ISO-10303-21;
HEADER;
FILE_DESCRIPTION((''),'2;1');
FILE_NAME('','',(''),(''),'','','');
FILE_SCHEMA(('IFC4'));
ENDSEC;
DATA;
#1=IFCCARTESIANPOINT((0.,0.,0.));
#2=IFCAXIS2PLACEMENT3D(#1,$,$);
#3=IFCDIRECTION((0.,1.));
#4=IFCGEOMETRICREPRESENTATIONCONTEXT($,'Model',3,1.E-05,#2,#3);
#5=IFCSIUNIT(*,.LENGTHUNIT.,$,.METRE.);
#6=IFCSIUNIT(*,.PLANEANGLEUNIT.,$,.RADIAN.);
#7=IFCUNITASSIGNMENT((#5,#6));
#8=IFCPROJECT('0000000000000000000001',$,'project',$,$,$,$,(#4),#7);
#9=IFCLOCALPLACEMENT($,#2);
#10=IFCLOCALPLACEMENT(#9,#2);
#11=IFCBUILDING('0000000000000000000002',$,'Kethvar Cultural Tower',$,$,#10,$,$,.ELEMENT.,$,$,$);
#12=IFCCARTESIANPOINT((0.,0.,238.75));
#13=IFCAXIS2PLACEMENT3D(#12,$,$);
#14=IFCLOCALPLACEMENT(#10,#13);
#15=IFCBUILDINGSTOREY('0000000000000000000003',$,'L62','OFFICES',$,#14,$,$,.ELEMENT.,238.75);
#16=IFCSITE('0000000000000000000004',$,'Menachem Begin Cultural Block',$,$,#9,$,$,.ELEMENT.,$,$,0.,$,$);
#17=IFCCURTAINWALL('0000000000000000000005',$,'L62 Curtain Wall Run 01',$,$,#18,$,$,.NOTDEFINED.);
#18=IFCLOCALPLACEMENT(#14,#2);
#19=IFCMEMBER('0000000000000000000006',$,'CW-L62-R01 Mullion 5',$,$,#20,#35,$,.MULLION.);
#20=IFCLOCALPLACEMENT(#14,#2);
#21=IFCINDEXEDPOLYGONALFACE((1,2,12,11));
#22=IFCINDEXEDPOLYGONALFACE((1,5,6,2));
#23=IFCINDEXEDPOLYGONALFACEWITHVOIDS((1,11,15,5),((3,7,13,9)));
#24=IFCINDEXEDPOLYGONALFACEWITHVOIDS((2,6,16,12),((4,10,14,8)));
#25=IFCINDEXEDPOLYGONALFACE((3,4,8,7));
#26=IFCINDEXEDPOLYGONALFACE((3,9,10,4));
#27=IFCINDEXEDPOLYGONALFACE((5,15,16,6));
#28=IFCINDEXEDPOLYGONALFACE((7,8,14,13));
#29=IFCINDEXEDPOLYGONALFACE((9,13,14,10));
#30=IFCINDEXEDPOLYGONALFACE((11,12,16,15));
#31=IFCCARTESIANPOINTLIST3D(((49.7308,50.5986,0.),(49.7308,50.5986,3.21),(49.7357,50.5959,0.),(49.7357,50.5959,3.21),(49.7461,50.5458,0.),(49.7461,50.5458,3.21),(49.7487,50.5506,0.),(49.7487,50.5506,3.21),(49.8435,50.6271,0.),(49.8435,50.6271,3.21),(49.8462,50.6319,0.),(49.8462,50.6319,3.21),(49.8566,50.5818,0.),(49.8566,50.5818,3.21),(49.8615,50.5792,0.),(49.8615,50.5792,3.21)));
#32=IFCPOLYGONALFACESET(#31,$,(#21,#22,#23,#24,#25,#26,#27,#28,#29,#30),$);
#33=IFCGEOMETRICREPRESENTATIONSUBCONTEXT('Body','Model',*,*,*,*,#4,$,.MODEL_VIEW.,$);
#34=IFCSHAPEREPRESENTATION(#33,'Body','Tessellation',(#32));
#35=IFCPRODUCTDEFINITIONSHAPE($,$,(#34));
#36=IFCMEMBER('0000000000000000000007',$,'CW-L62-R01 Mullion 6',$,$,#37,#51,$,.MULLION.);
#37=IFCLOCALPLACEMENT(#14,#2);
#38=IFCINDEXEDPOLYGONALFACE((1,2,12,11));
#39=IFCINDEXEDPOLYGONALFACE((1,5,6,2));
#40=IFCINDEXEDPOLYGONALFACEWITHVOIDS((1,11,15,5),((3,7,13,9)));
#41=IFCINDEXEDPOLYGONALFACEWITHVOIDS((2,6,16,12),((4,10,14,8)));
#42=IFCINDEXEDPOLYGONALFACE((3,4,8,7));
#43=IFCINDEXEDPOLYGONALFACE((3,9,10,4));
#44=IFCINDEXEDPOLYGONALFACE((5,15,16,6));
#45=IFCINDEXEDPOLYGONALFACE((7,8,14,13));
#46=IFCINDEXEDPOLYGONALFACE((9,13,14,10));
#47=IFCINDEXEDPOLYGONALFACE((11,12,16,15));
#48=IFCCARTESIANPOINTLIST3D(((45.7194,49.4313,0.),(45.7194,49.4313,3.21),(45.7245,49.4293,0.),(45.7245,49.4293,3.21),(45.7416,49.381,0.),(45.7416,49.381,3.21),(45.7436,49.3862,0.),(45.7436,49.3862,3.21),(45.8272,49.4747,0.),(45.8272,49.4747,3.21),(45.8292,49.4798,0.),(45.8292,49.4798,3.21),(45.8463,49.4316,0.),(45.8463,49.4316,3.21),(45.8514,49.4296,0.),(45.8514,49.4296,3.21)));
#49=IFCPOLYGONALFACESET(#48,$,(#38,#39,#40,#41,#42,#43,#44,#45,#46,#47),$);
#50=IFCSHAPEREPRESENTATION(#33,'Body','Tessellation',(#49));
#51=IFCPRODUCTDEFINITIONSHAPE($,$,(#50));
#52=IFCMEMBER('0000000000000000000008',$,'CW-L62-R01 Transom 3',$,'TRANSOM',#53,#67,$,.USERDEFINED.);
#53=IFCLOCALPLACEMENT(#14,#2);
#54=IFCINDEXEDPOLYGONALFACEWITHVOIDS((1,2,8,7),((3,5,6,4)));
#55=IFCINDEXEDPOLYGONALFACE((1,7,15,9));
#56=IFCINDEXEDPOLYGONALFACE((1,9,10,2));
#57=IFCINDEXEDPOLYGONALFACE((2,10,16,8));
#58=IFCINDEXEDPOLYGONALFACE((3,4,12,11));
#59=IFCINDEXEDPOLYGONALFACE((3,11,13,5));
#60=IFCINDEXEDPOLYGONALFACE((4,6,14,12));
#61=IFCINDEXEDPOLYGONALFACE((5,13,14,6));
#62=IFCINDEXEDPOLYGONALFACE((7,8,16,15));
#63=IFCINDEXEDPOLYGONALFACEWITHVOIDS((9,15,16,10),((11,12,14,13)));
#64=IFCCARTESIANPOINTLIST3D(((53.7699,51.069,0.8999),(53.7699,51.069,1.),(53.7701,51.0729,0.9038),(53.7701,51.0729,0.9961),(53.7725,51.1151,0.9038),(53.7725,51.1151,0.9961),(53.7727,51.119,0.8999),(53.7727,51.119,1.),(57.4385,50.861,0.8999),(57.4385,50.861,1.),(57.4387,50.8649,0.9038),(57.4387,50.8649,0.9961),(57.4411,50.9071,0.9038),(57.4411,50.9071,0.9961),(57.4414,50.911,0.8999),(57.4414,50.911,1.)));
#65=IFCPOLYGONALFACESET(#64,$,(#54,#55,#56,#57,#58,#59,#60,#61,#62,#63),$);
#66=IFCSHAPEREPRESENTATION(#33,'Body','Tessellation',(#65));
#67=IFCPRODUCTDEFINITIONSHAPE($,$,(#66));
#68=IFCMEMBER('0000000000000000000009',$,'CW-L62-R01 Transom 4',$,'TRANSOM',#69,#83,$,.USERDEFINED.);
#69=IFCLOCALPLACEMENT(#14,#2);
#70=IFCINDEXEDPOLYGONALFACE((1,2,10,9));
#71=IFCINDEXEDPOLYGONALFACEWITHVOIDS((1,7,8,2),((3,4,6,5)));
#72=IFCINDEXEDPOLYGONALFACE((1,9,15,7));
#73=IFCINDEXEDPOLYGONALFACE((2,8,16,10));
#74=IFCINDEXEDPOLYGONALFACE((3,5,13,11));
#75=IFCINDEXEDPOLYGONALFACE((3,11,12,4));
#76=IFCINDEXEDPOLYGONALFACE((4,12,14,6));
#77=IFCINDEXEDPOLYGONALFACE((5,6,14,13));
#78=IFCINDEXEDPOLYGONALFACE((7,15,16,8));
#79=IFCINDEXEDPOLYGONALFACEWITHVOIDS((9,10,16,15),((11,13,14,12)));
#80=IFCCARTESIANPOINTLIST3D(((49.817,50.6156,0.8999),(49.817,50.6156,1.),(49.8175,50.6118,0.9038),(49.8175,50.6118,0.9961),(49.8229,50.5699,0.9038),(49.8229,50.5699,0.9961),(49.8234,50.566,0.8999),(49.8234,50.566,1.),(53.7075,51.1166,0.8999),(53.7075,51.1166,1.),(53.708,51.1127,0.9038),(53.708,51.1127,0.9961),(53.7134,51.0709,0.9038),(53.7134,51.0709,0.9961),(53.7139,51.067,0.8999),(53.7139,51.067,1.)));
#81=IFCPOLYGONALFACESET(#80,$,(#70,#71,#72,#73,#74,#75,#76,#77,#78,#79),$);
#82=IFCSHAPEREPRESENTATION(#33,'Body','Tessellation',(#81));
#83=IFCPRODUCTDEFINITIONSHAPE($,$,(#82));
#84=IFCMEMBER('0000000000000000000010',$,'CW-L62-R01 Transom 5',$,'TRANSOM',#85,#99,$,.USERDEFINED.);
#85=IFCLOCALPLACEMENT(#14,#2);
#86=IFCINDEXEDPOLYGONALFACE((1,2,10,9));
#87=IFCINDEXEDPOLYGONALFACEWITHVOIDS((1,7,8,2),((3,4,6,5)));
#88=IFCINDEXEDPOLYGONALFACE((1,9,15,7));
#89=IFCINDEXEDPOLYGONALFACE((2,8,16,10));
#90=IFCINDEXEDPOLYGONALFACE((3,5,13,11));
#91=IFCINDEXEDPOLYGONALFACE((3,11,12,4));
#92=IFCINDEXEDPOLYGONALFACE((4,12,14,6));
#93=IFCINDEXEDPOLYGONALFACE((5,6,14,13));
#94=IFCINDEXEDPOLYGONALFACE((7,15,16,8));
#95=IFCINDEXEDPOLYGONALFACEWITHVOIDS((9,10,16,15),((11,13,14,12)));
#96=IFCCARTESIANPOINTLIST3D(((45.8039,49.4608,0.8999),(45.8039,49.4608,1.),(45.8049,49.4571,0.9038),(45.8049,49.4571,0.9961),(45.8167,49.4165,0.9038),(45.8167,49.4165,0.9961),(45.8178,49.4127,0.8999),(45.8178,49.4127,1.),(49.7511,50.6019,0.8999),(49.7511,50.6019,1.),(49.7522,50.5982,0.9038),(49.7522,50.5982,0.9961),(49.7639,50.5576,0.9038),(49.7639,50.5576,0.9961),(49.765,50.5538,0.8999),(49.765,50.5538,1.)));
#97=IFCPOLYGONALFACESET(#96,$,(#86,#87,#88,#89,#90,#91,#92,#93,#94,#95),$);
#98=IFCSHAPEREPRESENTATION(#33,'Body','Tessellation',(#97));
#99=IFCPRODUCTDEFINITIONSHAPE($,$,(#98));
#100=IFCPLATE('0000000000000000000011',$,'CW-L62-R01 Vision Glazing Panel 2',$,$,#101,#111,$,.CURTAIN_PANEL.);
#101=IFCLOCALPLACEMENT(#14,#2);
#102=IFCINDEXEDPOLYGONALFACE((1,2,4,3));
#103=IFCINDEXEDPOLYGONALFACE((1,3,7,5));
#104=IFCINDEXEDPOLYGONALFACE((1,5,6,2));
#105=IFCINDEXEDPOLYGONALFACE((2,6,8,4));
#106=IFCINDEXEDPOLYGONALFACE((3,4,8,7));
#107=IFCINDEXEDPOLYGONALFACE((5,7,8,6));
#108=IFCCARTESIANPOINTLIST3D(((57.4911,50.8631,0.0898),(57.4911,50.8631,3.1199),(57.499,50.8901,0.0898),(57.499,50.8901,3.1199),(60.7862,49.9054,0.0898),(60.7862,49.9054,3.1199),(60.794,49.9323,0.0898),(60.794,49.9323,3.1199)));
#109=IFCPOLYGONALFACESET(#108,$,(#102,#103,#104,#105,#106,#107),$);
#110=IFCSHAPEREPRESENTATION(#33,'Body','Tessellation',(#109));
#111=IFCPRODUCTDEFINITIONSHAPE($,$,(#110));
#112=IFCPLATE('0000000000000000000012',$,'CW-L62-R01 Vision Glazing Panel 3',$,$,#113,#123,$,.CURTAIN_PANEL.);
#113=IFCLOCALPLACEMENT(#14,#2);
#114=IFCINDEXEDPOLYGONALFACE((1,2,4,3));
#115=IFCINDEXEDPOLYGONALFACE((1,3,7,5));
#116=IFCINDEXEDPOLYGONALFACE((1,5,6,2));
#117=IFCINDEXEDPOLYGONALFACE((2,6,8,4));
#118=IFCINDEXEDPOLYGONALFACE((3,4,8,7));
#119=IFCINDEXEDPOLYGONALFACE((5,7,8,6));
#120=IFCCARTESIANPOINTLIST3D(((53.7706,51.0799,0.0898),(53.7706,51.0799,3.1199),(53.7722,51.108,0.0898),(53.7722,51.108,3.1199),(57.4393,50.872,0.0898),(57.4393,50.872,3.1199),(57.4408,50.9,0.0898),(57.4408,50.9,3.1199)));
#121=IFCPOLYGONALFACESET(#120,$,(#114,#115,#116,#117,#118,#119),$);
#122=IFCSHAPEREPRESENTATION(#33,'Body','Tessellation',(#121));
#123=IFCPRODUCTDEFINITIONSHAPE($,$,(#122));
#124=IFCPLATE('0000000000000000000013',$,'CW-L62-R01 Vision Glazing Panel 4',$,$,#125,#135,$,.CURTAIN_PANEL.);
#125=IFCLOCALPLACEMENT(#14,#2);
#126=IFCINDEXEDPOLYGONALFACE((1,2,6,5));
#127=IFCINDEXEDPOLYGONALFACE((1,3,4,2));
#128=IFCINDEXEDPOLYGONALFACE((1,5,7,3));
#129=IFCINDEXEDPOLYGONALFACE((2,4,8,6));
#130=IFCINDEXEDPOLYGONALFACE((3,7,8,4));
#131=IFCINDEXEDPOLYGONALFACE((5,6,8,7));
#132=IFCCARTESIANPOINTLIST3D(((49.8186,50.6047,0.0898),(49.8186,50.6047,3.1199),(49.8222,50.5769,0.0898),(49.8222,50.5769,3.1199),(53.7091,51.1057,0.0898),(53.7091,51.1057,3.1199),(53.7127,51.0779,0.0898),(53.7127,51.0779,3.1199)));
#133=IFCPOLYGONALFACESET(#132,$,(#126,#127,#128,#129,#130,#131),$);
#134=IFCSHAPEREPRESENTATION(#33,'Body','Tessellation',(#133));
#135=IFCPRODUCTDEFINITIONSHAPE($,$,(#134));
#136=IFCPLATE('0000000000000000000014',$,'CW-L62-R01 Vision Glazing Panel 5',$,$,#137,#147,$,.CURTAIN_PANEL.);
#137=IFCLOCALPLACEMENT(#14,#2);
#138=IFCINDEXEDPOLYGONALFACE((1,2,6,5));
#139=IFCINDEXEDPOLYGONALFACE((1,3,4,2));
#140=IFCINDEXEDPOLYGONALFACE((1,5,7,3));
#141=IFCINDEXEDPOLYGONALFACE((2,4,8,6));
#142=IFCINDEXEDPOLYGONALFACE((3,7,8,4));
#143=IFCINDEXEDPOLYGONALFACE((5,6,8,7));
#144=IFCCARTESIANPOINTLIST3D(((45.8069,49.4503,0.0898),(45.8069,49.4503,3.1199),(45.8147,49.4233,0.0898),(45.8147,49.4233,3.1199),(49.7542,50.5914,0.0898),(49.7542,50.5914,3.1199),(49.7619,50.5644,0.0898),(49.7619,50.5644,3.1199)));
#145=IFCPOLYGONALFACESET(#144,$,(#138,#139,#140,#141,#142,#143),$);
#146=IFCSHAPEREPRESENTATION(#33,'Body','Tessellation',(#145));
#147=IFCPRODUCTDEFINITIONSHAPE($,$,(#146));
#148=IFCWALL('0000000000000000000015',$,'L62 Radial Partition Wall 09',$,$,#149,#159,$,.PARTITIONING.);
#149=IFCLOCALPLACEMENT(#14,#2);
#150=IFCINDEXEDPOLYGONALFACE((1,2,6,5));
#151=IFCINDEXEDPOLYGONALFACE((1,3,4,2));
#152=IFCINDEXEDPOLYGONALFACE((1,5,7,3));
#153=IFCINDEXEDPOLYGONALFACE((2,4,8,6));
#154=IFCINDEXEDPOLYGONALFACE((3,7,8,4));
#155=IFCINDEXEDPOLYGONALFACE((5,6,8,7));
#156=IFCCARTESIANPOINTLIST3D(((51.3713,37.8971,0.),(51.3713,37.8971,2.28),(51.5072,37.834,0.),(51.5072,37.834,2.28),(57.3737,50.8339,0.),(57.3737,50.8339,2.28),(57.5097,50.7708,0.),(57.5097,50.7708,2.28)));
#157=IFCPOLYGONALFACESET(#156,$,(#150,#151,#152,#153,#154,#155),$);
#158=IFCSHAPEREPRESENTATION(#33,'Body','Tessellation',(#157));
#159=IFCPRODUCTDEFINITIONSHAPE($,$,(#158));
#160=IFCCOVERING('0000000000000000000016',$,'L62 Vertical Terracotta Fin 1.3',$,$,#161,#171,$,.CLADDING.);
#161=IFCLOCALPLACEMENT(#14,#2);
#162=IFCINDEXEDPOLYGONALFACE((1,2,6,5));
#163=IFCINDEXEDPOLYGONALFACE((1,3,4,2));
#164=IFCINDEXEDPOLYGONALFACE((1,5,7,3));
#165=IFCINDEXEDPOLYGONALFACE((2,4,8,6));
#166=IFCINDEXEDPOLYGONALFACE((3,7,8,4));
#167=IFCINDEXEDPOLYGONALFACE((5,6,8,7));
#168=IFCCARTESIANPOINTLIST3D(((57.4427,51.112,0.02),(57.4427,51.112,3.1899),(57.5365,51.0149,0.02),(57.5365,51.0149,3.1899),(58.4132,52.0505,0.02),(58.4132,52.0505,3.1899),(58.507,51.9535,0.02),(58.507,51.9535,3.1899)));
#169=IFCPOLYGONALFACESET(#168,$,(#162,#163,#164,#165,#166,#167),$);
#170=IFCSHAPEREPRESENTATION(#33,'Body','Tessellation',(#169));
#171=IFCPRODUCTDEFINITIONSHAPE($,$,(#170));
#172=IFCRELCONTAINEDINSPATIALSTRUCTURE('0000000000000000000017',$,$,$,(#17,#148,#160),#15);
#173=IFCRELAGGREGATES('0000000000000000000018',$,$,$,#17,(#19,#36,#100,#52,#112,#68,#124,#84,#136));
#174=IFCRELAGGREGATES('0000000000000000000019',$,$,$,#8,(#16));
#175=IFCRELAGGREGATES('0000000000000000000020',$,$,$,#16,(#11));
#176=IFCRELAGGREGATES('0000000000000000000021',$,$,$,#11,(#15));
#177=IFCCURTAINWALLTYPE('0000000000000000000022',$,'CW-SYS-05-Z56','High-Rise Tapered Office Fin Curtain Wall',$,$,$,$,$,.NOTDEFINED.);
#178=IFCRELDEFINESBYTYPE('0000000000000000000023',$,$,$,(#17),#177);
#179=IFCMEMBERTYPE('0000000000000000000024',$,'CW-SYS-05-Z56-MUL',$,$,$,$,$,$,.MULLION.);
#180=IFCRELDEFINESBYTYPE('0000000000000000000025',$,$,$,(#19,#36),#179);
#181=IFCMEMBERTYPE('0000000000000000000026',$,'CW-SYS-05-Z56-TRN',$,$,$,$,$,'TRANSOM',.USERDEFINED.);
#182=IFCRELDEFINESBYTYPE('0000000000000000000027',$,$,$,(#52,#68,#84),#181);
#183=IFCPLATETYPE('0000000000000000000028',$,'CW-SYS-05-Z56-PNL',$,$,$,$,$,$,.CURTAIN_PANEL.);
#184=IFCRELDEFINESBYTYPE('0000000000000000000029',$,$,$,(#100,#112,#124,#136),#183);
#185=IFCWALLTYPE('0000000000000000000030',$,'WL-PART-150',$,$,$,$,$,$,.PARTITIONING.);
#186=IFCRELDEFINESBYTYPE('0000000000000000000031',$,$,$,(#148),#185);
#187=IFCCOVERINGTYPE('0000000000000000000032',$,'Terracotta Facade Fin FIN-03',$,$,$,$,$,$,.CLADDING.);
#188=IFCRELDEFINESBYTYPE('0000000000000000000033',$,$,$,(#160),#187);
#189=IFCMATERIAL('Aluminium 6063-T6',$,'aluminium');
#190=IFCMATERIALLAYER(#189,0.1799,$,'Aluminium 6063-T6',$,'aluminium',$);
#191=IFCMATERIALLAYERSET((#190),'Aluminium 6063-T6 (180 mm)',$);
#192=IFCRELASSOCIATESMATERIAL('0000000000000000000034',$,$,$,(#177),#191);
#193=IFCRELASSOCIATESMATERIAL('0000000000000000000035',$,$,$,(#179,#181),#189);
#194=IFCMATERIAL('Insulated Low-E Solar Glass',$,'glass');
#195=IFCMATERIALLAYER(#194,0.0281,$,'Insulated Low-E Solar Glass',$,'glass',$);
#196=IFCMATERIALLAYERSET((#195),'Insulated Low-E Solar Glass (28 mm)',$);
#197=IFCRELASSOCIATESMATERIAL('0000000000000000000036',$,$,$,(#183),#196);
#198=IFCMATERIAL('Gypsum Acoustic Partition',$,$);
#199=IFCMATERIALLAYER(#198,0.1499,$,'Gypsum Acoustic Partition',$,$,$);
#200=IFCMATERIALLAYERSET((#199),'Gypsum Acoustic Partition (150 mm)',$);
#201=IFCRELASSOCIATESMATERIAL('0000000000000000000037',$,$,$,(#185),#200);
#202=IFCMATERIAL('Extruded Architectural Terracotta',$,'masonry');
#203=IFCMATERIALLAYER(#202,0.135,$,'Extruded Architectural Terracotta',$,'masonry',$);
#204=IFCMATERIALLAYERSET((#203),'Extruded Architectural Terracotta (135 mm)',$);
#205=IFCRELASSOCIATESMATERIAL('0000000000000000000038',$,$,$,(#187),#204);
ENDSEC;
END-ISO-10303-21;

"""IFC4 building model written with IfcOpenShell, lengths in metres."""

from ifc_helpers import new_model, si_unit, direction, frame, frame_2d, origin, origin_2d, place, context, subcontext, project, spatial, rectangle, hollow_rectangle, extrude, source, transform, mapped, material, layer, layer_set, material_profile, profile_set, type_object, element, aggregate, save


model = new_model("IFC4")

# Units and contexts
model_context = context("Model", 3, precision=1e-05, world=origin(), true_north=direction((0.0, 1.0)))
body_context = subcontext(model_context, "Body", "Model", "MODEL_VIEW")
ifc_project = project(units=[si_unit("LENGTHUNIT", "METRE"), si_unit("PLANEANGLEUNIT", "RADIAN")], contexts=[model_context])

# Site, building, storey
site_placement = place(None, origin())
site = spatial("IfcSite", under=ifc_project, at=site_placement, Name="Menachem Begin Cultural Block", CompositionType="ELEMENT", RefElevation=0.0)
building_placement = place(site_placement, origin())
building = spatial("IfcBuilding", under=site, at=building_placement, Name="Kethvar Cultural Tower", CompositionType="ELEMENT")
storey_placement = place(building_placement, frame((0.0, 0.0, 238.75)))
storey = spatial("IfcBuildingStorey", under=building, at=storey_placement, Name="L62", Description="OFFICES", CompositionType="ELEMENT", Elevation=238.75)

# Curtain wall, members, plates
ifc_material_1 = material(Name="Aluminium 6063-T6", Category="aluminium")
ifc_layer_1 = layer(ifc_material_1, 0.1799, Name="Aluminium 6063-T6", Category="aluminium")
ifc_layer_set_1 = layer_set([ifc_layer_1], Name="Aluminium 6063-T6 (180 mm)")
curtain_wall_type = type_object("IfcCurtainWallType", Name="CW-SYS-05-Z56", Description="High-Rise Tapered Office Fin Curtain Wall", PredefinedType="NOTDEFINED", material=ifc_layer_set_1)
curtain_wall_placement = place(storey_placement, origin())
curtain_wall = element("IfcCurtainWall", 1, at=curtain_wall_placement, inside=storey, type_object=curtain_wall_type, Name="L62 Curtain Wall Run 01", PredefinedType="NOTDEFINED")
ifc_material_profile_1 = material_profile(ifc_material_1, hollow_rectangle(XDim=0.0549, YDim=0.1201, WallThickness=0.0039, at=origin_2d()), Name="Aluminium 6063-T6 — RHS120x55x4")
ifc_profile_set_1 = profile_set([ifc_material_profile_1], Name="Aluminium 6063-T6 — RHS120x55x4")
member_type_1 = type_object("IfcMemberType", Name="CW-SYS-05-Z56-MUL", PredefinedType="MULLION", material=ifc_profile_set_1)
shared_shape_1 = source(origin(), body_context, "Body", "SweptSolid", [
    extrude(hollow_rectangle(XDim=0.0549, YDim=0.1201, WallThickness=0.0039, at=origin_2d()), origin(), (0.0, 0.0, 1.0), 3.21),
])
member_1_placement = place(storey_placement, frame((49.7961, 50.5889, 0.0), z_axis=(0.0, 0.0, 1.0), x_axis=(0.277717, -0.960663, 0.0)))
member_1 = element("IfcMember", 2, at=member_1_placement, type_object=member_type_1, Name="CW-L62-R01 Mullion 5", PredefinedType="MULLION", context=body_context, shape_type="MappedRepresentation", body=[
    mapped(shared_shape_1, transform((0.0, 0.0, 0.0), scale=1.0)),
])
member_2_placement = place(storey_placement, frame((45.7854, 49.4304, 0.0), z_axis=(0.0, 0.0, 1.0), x_axis=(0.4042, -0.914671, 0.0)))
member_2 = element("IfcMember", 3, at=member_2_placement, type_object=member_type_1, Name="CW-L62-R01 Mullion 6", PredefinedType="MULLION", context=body_context, shape_type="MappedRepresentation", body=[
    mapped(shared_shape_1, transform((0.0, 0.0, 0.0), scale=1.0)),
])
ifc_material_profile_2 = material_profile(ifc_material_1, hollow_rectangle(XDim=0.05, YDim=0.1001, WallThickness=0.0039, at=origin_2d()), Name="Aluminium 6063-T6 — RHS100x50x4")
ifc_profile_set_2 = profile_set([ifc_material_profile_2], Name="Aluminium 6063-T6 — RHS100x50x4")
member_type_2 = type_object("IfcMemberType", Name="CW-SYS-05-Z56-TRN", ElementType="TRANSOM", PredefinedType="USERDEFINED", material=ifc_profile_set_2)
shared_shape_2 = source(origin(), body_context, "Body", "SweptSolid", [
    extrude(hollow_rectangle(XDim=0.05, YDim=0.1001, WallThickness=0.0039, at=origin_2d()), origin(), (0.0, 0.0, 1.0), 3.6746),
])
member_3_placement = place(storey_placement, frame((57.4399, 50.886, 0.95), z_axis=(-0.998397, 0.056607, 0.0), x_axis=(-0.056607, -0.998397, 0.0)))
member_3 = element("IfcMember", 4, at=member_3_placement, type_object=member_type_2, Name="CW-L62-R01 Transom 3", ObjectType="TRANSOM", PredefinedType="USERDEFINED", context=body_context, shape_type="MappedRepresentation", body=[
    mapped(shared_shape_2, transform((0.0, 0.0, 0.0), scale=1.0)),
])
shared_shape_3 = source(origin(), body_context, "Body", "SweptSolid", [
    extrude(hollow_rectangle(XDim=0.05, YDim=0.1001, WallThickness=0.0039, at=origin_2d()), origin(), (0.0, 0.0, 1.0), 3.9226),
])
member_4_placement = place(storey_placement, frame((53.7107, 51.0918, 0.95), z_axis=(-0.99181, -0.127719, 0.0), x_axis=(0.127719, -0.99181, 0.0)))
member_4 = element("IfcMember", 5, at=member_4_placement, type_object=member_type_2, Name="CW-L62-R01 Transom 4", ObjectType="TRANSOM", PredefinedType="USERDEFINED", context=body_context, shape_type="MappedRepresentation", body=[
    mapped(shared_shape_3, transform((0.0, 0.0, 0.0), scale=1.0)),
])
shared_shape_4 = source(origin(), body_context, "Body", "SweptSolid", [
    extrude(hollow_rectangle(XDim=0.05, YDim=0.1001, WallThickness=0.0039, at=origin_2d()), origin(), (0.0, 0.0, 1.0), 4.1089),
])
member_5_placement = place(storey_placement, frame((49.7581, 50.5779, 0.95), z_axis=(-0.960663, -0.277718, 0.0), x_axis=(0.277718, -0.960663, 0.0)))
member_5 = element("IfcMember", 6, at=member_5_placement, type_object=member_type_2, Name="CW-L62-R01 Transom 5", ObjectType="TRANSOM", PredefinedType="USERDEFINED", context=body_context, shape_type="MappedRepresentation", body=[
    mapped(shared_shape_4, transform((0.0, 0.0, 0.0), scale=1.0)),
])
ifc_material_2 = material(Name="Insulated Low-E Solar Glass", Category="glass")
ifc_layer_2 = layer(ifc_material_2, 0.0281, Name="Insulated Low-E Solar Glass", Category="glass")
ifc_layer_set_2 = layer_set([ifc_layer_2], Name="Insulated Low-E Solar Glass (28 mm)")
plate_type = type_object("IfcPlateType", Name="CW-SYS-05-Z56-PNL", PredefinedType="CURTAIN_PANEL", material=ifc_layer_set_2)
shared_shape_5 = source(origin(), body_context, "Body", "SweptSolid", [
    extrude(rectangle(XDim=3.4314, YDim=0.0281, at=origin_2d()), origin(), (0.0, 0.0, 1.0), 3.03),
])
plate_1_placement = place(storey_placement, frame((59.1426, 50.3977, 0.0898), z_axis=(0.0, 0.0, 1.0), x_axis=(-0.96026, 0.279108, 0.0)))
plate_1 = element("IfcPlate", 7, at=plate_1_placement, type_object=plate_type, Name="CW-L62-R01 Vision Glazing Panel 2", PredefinedType="CURTAIN_PANEL", context=body_context, shape_type="MappedRepresentation", body=[
    mapped(shared_shape_5, transform((0.0, 0.0, 0.0), scale=1.0)),
])
shared_shape_6 = source(origin(), body_context, "Body", "SweptSolid", [
    extrude(rectangle(XDim=3.6746, YDim=0.0281, at=origin_2d()), origin(), (0.0, 0.0, 1.0), 3.03),
])
plate_2_placement = place(storey_placement, frame((55.6057, 50.99, 0.0898), z_axis=(0.0, 0.0, 1.0), x_axis=(-0.998398, 0.056588, 0.0)))
plate_2 = element("IfcPlate", 8, at=plate_2_placement, type_object=plate_type, Name="CW-L62-R01 Vision Glazing Panel 3", PredefinedType="CURTAIN_PANEL", context=body_context, shape_type="MappedRepresentation", body=[
    mapped(shared_shape_6, transform((0.0, 0.0, 0.0), scale=1.0)),
])
shared_shape_7 = source(origin(), body_context, "Body", "SweptSolid", [
    extrude(rectangle(XDim=3.9226, YDim=0.0281, at=origin_2d()), origin(), (0.0, 0.0, 1.0), 3.03),
])
plate_3_placement = place(storey_placement, frame((51.7656, 50.8413, 0.0898), z_axis=(0.0, 0.0, 1.0), x_axis=(-0.99181, -0.127722, 0.0)))
plate_3 = element("IfcPlate", 9, at=plate_3_placement, type_object=plate_type, Name="CW-L62-R01 Vision Glazing Panel 4", PredefinedType="CURTAIN_PANEL", context=body_context, shape_type="MappedRepresentation", body=[
    mapped(shared_shape_7, transform((0.0, 0.0, 0.0), scale=1.0)),
])
shared_shape_8 = source(origin(), body_context, "Body", "SweptSolid", [
    extrude(rectangle(XDim=4.1089, YDim=0.0281, at=origin_2d()), origin(), (0.0, 0.0, 1.0), 3.03),
])
plate_4_placement = place(storey_placement, frame((47.7844, 50.0073, 0.0898), z_axis=(0.0, 0.0, 1.0), x_axis=(-0.960663, -0.277717, 0.0)))
plate_4 = element("IfcPlate", 10, at=plate_4_placement, type_object=plate_type, Name="CW-L62-R01 Vision Glazing Panel 5", PredefinedType="CURTAIN_PANEL", context=body_context, shape_type="MappedRepresentation", body=[
    mapped(shared_shape_8, transform((0.0, 0.0, 0.0), scale=1.0)),
])
aggregate(curtain_wall, [member_1, member_2, plate_1, member_3, plate_2, member_4, plate_3, member_5, plate_4])

# Wall
ifc_material_3 = material(Name="Gypsum Acoustic Partition")
ifc_layer_3 = layer(ifc_material_3, 0.1499, Name="Gypsum Acoustic Partition")
ifc_layer_set_3 = layer_set([ifc_layer_3], Name="Gypsum Acoustic Partition (150 mm)")
wall_type = type_object("IfcWallType", Name="WL-PART-150", PredefinedType="PARTITIONING", material=ifc_layer_set_3)
wall_placement = place(storey_placement, frame((51.4392, 37.8655, 0.0), z_axis=(0.0, 0.0, 1.0), x_axis=(0.420885, 0.907114, 0.0)))
element("IfcWall", 11, at=wall_placement, inside=storey, type_object=wall_type, Name="L62 Radial Partition Wall 09", PredefinedType="PARTITIONING", context=body_context, shape_type="SweptSolid", body=[
    extrude(rectangle(XDim=14.2615, YDim=0.1499, at=frame_2d((7.1309, 0.0))), origin(), (0.0, 0.0, 1.0), 2.28),
])

# Covering
ifc_material_4 = material(Name="Extruded Architectural Terracotta", Category="masonry")
ifc_layer_4 = layer(ifc_material_4, 0.135, Name="Extruded Architectural Terracotta", Category="masonry")
ifc_layer_set_4 = layer_set([ifc_layer_4], Name="Extruded Architectural Terracotta (135 mm)")
covering_type = type_object("IfcCoveringType", Name="Terracotta Facade Fin FIN-03", PredefinedType="CLADDING", material=ifc_layer_set_4)
shared_shape_9 = source(origin(), body_context, "Body", "SweptSolid", [
    extrude(rectangle(XDim=1.3501, YDim=0.135, at=origin_2d()), origin(), (0.0, 0.0, 1.0), 3.1699),
])
for number, where, z_axis, x_axis, name in (
    (12, (57.9749, 51.5327, 0.02), (0.0, 0.0, 1.0), (0.718855, 0.69516, 0.0), "L62 Vertical Terracotta Fin 1.3"),
):
    element("IfcCovering", number, at=place(storey_placement, frame(where, z_axis=z_axis, x_axis=x_axis)), inside=storey, type_object=covering_type, Name=name, PredefinedType="CLADDING", context=body_context, shape_type="MappedRepresentation", body=[
        mapped(shared_shape_9, transform((0.0, 0.0, 0.0), scale=1.0)),
    ])

save(model, "model.ifc")
